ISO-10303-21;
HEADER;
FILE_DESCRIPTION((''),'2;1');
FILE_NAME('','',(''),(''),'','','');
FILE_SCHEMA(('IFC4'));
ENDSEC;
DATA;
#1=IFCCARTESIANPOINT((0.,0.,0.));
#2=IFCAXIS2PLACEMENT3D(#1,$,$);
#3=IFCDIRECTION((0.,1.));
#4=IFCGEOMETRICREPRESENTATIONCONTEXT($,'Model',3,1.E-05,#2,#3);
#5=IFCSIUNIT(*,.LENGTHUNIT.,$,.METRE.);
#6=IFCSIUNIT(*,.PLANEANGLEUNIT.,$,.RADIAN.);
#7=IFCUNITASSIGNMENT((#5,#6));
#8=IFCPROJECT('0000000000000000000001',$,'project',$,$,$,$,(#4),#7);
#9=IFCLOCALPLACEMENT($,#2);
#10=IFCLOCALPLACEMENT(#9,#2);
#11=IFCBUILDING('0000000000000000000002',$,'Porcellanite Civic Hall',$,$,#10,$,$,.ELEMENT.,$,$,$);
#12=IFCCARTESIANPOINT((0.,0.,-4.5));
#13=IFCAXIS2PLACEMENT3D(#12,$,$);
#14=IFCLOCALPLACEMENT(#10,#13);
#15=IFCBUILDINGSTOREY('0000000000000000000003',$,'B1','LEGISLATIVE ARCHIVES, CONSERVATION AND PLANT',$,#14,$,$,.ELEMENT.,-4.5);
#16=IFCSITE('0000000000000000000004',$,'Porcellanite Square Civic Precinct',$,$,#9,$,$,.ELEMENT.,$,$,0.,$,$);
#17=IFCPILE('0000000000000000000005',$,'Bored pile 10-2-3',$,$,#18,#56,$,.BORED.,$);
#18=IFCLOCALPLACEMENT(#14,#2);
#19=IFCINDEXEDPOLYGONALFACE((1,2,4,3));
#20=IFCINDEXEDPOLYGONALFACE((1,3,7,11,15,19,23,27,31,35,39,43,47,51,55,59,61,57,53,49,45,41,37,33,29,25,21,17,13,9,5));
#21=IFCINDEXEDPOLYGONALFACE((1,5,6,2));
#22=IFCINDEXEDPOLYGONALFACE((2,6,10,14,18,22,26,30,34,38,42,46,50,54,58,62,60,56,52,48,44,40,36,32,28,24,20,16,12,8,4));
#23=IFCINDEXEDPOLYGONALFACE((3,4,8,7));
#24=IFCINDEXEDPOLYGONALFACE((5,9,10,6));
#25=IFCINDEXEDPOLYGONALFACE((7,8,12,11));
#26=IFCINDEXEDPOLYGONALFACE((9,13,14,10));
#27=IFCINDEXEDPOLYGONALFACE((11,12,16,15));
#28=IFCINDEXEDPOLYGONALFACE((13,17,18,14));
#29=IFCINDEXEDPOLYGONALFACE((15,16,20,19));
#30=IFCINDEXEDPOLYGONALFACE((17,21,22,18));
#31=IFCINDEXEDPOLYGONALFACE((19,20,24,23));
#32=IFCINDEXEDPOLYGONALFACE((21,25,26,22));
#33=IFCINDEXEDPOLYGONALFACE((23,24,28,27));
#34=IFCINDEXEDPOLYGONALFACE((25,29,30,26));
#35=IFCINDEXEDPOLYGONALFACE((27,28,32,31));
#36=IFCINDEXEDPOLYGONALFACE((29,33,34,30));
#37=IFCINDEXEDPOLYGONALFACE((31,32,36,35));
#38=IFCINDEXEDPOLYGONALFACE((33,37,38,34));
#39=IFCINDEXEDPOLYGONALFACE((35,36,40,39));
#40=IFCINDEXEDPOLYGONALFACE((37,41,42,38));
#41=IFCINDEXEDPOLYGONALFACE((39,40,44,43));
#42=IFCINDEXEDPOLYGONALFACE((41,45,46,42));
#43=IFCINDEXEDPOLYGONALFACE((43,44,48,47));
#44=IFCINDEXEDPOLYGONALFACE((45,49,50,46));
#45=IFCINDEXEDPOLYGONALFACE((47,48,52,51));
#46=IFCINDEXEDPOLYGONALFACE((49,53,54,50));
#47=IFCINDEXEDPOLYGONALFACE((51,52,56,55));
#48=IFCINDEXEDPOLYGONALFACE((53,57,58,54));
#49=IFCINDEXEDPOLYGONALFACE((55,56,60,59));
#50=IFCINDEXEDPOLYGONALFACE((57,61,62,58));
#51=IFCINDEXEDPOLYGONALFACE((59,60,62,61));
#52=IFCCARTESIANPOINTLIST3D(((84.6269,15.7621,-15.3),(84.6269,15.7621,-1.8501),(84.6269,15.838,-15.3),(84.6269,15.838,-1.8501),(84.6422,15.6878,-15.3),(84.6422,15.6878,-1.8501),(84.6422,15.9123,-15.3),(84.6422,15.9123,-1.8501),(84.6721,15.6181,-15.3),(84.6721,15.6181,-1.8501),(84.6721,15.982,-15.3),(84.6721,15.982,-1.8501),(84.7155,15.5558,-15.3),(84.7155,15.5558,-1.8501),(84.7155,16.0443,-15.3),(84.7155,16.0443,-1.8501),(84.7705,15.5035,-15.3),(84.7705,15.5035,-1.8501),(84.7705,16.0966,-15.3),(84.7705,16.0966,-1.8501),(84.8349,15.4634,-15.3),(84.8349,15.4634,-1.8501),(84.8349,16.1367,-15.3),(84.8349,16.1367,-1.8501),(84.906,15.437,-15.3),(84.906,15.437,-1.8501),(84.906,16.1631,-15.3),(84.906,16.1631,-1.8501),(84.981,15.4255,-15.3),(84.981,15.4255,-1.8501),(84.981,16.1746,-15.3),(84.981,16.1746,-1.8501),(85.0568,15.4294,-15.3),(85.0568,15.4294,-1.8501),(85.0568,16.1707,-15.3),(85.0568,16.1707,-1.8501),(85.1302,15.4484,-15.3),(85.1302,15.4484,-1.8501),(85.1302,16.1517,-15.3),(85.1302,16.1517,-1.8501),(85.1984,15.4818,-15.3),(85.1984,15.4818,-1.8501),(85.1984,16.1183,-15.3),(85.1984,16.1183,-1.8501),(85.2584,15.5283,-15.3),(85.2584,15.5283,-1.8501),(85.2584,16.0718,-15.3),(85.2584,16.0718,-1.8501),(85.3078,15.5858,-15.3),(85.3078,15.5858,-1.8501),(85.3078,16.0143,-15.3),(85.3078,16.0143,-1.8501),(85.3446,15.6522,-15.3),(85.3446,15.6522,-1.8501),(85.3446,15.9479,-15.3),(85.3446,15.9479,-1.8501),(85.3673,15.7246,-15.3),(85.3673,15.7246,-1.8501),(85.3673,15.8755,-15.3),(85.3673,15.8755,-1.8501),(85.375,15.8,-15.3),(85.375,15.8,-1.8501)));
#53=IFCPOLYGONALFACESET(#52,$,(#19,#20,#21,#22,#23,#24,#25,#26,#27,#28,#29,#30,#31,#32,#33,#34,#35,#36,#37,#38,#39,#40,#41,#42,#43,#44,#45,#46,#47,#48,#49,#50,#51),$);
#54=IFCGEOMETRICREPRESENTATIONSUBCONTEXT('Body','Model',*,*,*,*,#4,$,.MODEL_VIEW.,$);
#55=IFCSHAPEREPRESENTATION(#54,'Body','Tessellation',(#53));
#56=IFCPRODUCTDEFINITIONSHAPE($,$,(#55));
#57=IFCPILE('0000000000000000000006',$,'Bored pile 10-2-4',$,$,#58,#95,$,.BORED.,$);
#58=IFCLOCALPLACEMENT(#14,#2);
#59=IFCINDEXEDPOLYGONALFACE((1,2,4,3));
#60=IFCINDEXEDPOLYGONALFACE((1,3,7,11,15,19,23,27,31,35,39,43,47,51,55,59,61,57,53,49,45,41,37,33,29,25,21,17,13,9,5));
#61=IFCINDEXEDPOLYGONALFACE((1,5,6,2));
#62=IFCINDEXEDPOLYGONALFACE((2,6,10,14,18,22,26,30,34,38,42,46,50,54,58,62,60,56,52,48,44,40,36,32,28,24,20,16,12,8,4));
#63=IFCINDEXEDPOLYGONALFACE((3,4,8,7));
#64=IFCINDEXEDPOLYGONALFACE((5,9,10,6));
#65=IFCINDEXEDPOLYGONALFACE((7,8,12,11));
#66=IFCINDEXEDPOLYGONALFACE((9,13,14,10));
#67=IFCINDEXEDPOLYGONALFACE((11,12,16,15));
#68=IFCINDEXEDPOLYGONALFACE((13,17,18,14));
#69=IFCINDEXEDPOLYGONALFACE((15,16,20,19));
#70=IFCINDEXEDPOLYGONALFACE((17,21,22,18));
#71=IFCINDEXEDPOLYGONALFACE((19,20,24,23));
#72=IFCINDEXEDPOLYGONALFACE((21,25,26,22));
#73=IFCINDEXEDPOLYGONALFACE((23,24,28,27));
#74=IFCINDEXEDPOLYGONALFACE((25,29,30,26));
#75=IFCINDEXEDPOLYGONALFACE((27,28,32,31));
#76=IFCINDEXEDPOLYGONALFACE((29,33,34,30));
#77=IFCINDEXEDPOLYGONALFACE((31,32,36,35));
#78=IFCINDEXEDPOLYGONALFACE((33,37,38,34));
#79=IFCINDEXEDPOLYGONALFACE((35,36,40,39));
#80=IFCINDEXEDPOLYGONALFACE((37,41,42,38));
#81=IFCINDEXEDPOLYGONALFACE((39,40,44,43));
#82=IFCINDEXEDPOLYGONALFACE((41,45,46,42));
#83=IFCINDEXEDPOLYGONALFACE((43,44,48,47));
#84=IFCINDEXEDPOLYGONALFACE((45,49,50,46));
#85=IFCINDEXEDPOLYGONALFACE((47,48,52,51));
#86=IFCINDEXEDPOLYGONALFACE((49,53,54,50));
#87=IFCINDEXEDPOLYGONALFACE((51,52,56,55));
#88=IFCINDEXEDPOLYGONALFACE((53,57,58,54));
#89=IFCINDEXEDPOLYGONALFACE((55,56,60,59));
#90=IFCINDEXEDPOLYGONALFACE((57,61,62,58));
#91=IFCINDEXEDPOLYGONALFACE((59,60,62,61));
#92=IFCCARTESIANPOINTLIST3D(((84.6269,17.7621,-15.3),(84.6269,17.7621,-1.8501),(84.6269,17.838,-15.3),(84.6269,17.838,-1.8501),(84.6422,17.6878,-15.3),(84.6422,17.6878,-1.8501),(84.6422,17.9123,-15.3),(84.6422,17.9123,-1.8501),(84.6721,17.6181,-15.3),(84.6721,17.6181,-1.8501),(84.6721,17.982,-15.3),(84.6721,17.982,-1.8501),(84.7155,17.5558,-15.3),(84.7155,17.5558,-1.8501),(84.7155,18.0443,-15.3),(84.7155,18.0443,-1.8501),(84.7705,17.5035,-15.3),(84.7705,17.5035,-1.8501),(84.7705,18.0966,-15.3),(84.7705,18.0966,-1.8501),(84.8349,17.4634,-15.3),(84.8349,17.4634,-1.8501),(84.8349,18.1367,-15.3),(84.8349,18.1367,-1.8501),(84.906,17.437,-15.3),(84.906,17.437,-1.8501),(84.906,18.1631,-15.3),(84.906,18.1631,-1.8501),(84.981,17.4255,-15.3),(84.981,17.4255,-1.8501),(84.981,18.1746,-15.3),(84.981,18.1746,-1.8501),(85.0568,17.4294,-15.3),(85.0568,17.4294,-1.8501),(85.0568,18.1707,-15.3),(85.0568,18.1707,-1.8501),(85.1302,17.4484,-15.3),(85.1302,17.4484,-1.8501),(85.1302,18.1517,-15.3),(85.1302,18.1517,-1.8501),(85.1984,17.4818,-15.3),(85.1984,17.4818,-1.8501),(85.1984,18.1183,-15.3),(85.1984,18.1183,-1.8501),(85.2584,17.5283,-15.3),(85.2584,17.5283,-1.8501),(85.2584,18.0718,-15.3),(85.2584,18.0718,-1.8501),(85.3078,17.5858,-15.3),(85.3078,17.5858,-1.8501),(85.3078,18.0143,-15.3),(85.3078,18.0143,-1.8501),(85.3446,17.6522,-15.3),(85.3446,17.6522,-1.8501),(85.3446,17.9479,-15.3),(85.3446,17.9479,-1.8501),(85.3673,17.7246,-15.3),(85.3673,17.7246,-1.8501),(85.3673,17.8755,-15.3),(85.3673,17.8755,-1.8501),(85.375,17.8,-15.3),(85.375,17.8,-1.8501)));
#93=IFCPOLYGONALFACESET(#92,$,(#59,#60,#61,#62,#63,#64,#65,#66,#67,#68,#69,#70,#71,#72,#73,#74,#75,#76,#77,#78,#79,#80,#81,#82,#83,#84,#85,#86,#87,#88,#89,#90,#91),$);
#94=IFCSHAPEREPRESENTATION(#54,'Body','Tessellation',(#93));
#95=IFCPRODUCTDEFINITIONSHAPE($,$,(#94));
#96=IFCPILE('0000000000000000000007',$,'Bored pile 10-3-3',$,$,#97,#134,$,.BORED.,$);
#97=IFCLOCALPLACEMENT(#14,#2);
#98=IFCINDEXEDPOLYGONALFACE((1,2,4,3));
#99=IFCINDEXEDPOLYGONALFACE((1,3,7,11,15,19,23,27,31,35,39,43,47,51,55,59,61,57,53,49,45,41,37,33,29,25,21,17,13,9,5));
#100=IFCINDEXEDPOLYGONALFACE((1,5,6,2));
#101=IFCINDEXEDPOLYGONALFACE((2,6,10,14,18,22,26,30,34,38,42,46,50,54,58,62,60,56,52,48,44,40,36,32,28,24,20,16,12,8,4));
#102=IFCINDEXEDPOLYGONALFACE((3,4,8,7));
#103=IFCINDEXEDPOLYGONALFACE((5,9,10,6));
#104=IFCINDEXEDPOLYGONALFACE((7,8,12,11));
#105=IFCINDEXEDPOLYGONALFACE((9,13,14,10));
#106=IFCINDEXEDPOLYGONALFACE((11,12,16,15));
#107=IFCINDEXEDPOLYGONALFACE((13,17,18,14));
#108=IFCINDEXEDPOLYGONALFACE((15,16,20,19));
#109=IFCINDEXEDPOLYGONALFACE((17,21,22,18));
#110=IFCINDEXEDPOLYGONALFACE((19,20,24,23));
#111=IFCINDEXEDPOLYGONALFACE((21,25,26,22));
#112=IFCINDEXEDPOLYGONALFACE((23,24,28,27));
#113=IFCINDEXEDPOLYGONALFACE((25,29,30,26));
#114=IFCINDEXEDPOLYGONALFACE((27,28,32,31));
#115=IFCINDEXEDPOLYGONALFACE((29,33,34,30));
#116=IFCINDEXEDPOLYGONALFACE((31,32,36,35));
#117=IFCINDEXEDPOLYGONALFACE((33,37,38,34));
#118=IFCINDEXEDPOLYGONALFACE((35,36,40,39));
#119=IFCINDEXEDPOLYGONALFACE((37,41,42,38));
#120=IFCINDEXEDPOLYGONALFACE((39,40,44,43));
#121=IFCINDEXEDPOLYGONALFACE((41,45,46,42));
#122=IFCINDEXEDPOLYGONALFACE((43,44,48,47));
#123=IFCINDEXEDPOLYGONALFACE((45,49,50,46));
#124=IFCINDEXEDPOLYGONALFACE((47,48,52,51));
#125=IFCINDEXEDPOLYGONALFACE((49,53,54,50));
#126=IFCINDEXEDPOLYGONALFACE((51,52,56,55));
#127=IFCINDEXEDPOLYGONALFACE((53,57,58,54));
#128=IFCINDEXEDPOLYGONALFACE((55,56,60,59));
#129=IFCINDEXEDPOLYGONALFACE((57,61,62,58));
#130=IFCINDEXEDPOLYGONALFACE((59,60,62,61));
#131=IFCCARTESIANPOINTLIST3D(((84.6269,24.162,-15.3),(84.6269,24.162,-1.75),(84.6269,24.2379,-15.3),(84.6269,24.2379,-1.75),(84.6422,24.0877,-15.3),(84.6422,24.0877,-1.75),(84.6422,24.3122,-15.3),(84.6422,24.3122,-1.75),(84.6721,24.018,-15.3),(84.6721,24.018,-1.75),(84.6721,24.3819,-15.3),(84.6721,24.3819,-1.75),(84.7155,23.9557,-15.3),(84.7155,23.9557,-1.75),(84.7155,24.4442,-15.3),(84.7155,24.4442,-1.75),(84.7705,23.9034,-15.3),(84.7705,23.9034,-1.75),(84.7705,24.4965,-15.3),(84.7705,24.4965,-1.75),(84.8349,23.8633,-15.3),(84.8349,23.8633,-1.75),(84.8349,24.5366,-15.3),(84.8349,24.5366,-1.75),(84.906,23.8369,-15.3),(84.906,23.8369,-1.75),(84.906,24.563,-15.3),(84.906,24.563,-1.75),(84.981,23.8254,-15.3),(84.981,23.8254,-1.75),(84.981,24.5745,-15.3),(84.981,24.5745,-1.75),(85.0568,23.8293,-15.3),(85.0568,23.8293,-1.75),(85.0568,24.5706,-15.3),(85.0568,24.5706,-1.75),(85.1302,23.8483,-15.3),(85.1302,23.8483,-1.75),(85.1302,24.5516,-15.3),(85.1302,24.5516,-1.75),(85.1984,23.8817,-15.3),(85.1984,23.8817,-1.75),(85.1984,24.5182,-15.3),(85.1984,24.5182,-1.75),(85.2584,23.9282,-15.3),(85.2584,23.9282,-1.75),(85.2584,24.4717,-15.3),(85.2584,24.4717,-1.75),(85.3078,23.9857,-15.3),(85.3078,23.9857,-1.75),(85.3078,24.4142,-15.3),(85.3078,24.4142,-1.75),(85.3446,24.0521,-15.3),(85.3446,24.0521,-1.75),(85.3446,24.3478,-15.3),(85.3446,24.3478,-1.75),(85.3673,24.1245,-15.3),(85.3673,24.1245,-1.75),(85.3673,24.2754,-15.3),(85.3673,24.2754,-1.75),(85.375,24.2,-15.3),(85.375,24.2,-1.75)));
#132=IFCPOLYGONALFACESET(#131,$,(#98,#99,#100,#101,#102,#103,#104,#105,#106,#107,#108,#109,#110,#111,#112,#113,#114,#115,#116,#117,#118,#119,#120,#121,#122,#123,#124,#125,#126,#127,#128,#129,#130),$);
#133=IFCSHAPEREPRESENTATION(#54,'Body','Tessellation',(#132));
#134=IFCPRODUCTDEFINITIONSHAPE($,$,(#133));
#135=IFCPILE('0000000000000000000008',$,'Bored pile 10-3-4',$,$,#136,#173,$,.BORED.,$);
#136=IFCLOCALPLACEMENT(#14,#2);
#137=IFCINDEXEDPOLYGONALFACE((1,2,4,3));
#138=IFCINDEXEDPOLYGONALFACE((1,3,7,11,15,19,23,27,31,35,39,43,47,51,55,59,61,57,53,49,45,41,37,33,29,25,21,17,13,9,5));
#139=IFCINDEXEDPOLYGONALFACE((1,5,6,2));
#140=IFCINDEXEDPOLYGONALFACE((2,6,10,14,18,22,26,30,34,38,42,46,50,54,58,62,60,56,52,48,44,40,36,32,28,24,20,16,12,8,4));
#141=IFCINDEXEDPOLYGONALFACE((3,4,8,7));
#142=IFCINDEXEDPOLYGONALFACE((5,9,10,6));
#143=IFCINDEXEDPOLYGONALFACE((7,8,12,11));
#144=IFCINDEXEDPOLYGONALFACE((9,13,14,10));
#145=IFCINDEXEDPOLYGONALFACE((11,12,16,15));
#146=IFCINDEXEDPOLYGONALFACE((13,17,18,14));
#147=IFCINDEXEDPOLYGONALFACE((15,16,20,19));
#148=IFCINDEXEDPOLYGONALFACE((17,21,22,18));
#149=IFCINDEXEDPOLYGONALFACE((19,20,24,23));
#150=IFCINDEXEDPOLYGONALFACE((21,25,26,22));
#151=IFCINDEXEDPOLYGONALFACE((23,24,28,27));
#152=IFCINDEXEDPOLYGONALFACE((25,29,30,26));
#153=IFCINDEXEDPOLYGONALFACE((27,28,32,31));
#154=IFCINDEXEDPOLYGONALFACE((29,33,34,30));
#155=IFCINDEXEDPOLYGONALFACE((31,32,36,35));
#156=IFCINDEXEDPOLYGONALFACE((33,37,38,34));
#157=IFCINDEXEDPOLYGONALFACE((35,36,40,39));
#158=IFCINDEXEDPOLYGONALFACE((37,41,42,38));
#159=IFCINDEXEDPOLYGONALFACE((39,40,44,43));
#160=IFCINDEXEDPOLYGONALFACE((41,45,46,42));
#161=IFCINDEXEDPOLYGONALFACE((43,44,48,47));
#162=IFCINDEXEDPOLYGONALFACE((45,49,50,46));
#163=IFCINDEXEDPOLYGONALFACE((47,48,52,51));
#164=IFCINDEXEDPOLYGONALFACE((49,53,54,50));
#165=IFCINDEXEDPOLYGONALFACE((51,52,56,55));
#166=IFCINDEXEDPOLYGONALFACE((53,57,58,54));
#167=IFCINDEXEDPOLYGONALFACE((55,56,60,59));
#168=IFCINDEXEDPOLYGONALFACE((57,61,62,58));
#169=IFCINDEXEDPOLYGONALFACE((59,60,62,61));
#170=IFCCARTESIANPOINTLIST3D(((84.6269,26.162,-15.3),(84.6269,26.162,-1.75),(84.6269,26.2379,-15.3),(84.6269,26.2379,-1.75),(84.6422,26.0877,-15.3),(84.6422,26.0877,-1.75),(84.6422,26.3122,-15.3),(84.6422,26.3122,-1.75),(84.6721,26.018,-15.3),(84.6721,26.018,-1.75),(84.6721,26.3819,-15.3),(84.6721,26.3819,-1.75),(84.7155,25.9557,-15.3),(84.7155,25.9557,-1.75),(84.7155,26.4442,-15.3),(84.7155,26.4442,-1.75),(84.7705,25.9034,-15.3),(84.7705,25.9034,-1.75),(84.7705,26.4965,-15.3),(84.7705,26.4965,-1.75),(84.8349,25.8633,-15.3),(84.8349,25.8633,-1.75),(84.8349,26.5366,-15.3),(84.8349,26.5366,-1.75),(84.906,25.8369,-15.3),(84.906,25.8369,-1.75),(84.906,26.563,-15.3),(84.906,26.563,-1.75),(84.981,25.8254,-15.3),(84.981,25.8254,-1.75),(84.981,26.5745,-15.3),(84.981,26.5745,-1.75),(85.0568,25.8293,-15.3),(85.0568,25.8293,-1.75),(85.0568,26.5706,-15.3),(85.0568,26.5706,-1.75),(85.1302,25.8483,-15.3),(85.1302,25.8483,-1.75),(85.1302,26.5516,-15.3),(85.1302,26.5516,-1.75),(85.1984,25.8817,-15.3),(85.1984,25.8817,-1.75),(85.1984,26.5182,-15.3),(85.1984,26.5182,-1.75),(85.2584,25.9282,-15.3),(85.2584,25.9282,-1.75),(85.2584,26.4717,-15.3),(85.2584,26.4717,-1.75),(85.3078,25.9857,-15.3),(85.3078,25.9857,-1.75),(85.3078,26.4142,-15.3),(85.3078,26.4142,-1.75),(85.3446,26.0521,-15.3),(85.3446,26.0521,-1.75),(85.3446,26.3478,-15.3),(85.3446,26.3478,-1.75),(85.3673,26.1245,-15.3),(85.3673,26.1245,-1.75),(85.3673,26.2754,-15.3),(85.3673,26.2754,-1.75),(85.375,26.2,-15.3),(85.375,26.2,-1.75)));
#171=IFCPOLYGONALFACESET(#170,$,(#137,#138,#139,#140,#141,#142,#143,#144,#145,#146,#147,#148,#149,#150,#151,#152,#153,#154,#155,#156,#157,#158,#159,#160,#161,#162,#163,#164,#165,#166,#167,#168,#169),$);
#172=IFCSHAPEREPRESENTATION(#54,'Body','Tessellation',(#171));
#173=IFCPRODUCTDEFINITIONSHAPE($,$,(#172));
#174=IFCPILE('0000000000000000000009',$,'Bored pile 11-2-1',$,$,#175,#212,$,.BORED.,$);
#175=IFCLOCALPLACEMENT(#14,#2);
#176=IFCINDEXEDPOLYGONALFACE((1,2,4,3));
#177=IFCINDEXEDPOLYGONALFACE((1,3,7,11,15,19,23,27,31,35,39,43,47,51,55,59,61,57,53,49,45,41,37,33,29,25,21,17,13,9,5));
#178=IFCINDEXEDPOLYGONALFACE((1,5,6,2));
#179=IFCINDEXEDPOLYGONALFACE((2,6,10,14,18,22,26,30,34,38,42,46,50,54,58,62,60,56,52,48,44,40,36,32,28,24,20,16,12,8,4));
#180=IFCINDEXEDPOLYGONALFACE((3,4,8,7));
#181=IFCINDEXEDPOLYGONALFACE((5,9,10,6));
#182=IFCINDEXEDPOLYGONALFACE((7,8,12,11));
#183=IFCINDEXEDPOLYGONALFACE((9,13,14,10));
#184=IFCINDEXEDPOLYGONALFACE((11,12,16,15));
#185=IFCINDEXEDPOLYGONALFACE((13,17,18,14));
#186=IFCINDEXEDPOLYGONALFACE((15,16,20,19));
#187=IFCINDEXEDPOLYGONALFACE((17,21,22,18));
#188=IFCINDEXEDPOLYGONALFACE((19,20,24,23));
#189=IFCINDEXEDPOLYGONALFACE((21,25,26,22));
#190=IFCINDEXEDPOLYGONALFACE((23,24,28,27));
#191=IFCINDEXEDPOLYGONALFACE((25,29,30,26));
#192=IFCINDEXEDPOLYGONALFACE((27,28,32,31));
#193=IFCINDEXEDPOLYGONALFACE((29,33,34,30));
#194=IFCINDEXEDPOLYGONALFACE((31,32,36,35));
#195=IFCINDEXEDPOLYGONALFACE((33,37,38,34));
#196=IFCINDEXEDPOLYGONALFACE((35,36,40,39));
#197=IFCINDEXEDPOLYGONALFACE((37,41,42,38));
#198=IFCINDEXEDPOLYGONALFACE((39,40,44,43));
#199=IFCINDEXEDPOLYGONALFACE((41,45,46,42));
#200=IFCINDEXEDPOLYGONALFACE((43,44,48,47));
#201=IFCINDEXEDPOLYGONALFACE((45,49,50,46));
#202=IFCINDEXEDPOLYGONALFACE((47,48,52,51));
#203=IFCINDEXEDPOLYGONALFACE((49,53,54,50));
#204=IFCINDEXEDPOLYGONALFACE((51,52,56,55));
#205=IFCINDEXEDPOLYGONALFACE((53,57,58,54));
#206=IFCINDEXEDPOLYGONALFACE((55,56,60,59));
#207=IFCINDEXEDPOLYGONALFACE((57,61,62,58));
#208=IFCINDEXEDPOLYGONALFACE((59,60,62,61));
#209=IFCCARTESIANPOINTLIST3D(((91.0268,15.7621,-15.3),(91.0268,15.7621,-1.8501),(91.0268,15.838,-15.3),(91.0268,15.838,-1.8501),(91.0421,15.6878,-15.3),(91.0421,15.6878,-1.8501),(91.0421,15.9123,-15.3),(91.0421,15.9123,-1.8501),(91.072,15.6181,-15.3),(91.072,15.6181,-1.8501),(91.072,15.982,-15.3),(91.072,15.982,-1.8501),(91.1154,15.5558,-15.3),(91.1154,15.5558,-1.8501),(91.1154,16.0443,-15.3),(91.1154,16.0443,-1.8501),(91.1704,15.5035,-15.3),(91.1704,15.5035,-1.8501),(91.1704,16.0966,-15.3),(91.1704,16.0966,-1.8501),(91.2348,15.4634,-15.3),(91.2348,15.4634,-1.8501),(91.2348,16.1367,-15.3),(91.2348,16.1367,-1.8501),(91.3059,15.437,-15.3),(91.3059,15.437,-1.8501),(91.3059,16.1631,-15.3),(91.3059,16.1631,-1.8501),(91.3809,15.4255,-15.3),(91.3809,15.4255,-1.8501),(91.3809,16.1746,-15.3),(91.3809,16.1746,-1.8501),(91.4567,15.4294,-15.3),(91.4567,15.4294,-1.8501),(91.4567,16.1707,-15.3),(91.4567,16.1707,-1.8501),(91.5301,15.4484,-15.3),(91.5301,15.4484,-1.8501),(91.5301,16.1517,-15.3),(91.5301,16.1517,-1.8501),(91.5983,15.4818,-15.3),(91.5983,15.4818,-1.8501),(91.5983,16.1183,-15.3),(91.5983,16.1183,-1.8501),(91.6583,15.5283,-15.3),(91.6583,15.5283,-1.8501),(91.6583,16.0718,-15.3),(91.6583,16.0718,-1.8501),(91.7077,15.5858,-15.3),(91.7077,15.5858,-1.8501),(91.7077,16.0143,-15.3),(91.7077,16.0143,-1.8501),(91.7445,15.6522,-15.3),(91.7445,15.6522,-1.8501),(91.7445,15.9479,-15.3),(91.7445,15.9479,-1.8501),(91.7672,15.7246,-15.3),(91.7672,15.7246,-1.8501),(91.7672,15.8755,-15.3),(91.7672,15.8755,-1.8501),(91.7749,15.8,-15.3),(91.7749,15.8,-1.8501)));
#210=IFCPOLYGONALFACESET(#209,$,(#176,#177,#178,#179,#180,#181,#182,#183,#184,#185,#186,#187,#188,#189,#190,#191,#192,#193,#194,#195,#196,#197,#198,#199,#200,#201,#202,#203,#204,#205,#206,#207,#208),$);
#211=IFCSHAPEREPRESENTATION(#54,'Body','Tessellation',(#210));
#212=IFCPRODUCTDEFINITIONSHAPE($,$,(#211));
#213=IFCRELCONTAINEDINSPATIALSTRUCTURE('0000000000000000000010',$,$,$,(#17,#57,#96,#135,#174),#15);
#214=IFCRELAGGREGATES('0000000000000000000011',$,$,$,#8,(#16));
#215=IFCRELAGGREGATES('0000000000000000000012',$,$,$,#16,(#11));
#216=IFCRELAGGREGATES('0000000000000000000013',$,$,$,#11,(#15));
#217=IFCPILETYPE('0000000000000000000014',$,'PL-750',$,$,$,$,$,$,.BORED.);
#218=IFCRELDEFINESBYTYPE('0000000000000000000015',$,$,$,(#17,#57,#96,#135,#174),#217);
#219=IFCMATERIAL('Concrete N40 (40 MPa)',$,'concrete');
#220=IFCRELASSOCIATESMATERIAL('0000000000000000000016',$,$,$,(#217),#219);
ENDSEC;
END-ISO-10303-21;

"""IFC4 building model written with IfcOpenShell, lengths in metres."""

from ifc_helpers import new_model, si_unit, direction, frame, origin, origin_2d, place, context, subcontext, project, spatial, circle, extrude, material, material_profile, profile_set, type_object, element, save


model = new_model("IFC4")

# Units and contexts
model_context = context("Model", 3, precision=1e-05, world=origin(), true_north=direction((0.0, 1.0)))
body_context = subcontext(model_context, "Body", "Model", "MODEL_VIEW")
ifc_project = project(units=[si_unit("LENGTHUNIT", "METRE"), si_unit("PLANEANGLEUNIT", "RADIAN")], contexts=[model_context])

# Site, building, storey
site_placement = place(None, origin())
site = spatial("IfcSite", under=ifc_project, at=site_placement, Name="Porcellanite Square Civic Precinct", CompositionType="ELEMENT", RefElevation=0.0)
building_placement = place(site_placement, origin())
building = spatial("IfcBuilding", under=site, at=building_placement, Name="Porcellanite Civic Hall", CompositionType="ELEMENT")
storey_placement = place(building_placement, frame((0.0, 0.0, -4.5)))
storey = spatial("IfcBuildingStorey", under=building, at=storey_placement, Name="B1", Description="LEGISLATIVE ARCHIVES, CONSERVATION AND PLANT", CompositionType="ELEMENT", Elevation=-4.5)

# Piles
ifc_material_1 = material(Name="Concrete N40 (40 MPa)", Category="concrete")
ifc_material_profile_1 = material_profile(ifc_material_1, circle(Radius=0.375, at=origin_2d()), Name="PILE-D750")
ifc_profile_set_1 = profile_set([ifc_material_profile_1], Name="Concrete N40 (40 MPa)")
pile_type = type_object("IfcPileType", Name="PL-750", PredefinedType="BORED", material=ifc_profile_set_1)
for number, where, z_axis, x_axis, name in (
    (1, (85.0, 15.8, -1.8501), (0.0, 0.0, -1.0), (1.0, 0.0, 0.0), "Bored pile 10-2-3"),
    (2, (85.0, 17.8, -1.8501), (0.0, 0.0, -1.0), (1.0, 0.0, 0.0), "Bored pile 10-2-4"),
):
    element("IfcPile", number, at=place(storey_placement, frame(where, z_axis=z_axis, x_axis=x_axis)), inside=storey, type_object=pile_type, Name=name, PredefinedType="BORED", context=body_context, shape_type="SweptSolid", body=[
        extrude(circle(Radius=0.375, at=origin_2d()), origin(), (0.0, 0.0, 1.0), 13.45),
    ])
for number, where, z_axis, x_axis, name in (
    (3, (85.0, 24.2, -1.75), (0.0, 0.0, -1.0), (1.0, 0.0, 0.0), "Bored pile 10-3-3"),
    (4, (85.0, 26.2, -1.75), (0.0, 0.0, -1.0), (1.0, 0.0, 0.0), "Bored pile 10-3-4"),
):
    element("IfcPile", number, at=place(storey_placement, frame(where, z_axis=z_axis, x_axis=x_axis)), inside=storey, type_object=pile_type, Name=name, PredefinedType="BORED", context=body_context, shape_type="SweptSolid", body=[
        extrude(circle(Radius=0.375, at=origin_2d()), origin(), (0.0, 0.0, 1.0), 13.55),
    ])
for number, where, z_axis, x_axis, name in (
    (5, (91.3999, 15.8, -1.8501), (0.0, 0.0, -1.0), (1.0, 0.0, 0.0), "Bored pile 11-2-1"),
):
    element("IfcPile", number, at=place(storey_placement, frame(where, z_axis=z_axis, x_axis=x_axis)), inside=storey, type_object=pile_type, Name=name, PredefinedType="BORED", context=body_context, shape_type="SweptSolid", body=[
        extrude(circle(Radius=0.375, at=origin_2d()), origin(), (0.0, 0.0, 1.0), 13.45),
    ])

save(model, "model.ifc")
